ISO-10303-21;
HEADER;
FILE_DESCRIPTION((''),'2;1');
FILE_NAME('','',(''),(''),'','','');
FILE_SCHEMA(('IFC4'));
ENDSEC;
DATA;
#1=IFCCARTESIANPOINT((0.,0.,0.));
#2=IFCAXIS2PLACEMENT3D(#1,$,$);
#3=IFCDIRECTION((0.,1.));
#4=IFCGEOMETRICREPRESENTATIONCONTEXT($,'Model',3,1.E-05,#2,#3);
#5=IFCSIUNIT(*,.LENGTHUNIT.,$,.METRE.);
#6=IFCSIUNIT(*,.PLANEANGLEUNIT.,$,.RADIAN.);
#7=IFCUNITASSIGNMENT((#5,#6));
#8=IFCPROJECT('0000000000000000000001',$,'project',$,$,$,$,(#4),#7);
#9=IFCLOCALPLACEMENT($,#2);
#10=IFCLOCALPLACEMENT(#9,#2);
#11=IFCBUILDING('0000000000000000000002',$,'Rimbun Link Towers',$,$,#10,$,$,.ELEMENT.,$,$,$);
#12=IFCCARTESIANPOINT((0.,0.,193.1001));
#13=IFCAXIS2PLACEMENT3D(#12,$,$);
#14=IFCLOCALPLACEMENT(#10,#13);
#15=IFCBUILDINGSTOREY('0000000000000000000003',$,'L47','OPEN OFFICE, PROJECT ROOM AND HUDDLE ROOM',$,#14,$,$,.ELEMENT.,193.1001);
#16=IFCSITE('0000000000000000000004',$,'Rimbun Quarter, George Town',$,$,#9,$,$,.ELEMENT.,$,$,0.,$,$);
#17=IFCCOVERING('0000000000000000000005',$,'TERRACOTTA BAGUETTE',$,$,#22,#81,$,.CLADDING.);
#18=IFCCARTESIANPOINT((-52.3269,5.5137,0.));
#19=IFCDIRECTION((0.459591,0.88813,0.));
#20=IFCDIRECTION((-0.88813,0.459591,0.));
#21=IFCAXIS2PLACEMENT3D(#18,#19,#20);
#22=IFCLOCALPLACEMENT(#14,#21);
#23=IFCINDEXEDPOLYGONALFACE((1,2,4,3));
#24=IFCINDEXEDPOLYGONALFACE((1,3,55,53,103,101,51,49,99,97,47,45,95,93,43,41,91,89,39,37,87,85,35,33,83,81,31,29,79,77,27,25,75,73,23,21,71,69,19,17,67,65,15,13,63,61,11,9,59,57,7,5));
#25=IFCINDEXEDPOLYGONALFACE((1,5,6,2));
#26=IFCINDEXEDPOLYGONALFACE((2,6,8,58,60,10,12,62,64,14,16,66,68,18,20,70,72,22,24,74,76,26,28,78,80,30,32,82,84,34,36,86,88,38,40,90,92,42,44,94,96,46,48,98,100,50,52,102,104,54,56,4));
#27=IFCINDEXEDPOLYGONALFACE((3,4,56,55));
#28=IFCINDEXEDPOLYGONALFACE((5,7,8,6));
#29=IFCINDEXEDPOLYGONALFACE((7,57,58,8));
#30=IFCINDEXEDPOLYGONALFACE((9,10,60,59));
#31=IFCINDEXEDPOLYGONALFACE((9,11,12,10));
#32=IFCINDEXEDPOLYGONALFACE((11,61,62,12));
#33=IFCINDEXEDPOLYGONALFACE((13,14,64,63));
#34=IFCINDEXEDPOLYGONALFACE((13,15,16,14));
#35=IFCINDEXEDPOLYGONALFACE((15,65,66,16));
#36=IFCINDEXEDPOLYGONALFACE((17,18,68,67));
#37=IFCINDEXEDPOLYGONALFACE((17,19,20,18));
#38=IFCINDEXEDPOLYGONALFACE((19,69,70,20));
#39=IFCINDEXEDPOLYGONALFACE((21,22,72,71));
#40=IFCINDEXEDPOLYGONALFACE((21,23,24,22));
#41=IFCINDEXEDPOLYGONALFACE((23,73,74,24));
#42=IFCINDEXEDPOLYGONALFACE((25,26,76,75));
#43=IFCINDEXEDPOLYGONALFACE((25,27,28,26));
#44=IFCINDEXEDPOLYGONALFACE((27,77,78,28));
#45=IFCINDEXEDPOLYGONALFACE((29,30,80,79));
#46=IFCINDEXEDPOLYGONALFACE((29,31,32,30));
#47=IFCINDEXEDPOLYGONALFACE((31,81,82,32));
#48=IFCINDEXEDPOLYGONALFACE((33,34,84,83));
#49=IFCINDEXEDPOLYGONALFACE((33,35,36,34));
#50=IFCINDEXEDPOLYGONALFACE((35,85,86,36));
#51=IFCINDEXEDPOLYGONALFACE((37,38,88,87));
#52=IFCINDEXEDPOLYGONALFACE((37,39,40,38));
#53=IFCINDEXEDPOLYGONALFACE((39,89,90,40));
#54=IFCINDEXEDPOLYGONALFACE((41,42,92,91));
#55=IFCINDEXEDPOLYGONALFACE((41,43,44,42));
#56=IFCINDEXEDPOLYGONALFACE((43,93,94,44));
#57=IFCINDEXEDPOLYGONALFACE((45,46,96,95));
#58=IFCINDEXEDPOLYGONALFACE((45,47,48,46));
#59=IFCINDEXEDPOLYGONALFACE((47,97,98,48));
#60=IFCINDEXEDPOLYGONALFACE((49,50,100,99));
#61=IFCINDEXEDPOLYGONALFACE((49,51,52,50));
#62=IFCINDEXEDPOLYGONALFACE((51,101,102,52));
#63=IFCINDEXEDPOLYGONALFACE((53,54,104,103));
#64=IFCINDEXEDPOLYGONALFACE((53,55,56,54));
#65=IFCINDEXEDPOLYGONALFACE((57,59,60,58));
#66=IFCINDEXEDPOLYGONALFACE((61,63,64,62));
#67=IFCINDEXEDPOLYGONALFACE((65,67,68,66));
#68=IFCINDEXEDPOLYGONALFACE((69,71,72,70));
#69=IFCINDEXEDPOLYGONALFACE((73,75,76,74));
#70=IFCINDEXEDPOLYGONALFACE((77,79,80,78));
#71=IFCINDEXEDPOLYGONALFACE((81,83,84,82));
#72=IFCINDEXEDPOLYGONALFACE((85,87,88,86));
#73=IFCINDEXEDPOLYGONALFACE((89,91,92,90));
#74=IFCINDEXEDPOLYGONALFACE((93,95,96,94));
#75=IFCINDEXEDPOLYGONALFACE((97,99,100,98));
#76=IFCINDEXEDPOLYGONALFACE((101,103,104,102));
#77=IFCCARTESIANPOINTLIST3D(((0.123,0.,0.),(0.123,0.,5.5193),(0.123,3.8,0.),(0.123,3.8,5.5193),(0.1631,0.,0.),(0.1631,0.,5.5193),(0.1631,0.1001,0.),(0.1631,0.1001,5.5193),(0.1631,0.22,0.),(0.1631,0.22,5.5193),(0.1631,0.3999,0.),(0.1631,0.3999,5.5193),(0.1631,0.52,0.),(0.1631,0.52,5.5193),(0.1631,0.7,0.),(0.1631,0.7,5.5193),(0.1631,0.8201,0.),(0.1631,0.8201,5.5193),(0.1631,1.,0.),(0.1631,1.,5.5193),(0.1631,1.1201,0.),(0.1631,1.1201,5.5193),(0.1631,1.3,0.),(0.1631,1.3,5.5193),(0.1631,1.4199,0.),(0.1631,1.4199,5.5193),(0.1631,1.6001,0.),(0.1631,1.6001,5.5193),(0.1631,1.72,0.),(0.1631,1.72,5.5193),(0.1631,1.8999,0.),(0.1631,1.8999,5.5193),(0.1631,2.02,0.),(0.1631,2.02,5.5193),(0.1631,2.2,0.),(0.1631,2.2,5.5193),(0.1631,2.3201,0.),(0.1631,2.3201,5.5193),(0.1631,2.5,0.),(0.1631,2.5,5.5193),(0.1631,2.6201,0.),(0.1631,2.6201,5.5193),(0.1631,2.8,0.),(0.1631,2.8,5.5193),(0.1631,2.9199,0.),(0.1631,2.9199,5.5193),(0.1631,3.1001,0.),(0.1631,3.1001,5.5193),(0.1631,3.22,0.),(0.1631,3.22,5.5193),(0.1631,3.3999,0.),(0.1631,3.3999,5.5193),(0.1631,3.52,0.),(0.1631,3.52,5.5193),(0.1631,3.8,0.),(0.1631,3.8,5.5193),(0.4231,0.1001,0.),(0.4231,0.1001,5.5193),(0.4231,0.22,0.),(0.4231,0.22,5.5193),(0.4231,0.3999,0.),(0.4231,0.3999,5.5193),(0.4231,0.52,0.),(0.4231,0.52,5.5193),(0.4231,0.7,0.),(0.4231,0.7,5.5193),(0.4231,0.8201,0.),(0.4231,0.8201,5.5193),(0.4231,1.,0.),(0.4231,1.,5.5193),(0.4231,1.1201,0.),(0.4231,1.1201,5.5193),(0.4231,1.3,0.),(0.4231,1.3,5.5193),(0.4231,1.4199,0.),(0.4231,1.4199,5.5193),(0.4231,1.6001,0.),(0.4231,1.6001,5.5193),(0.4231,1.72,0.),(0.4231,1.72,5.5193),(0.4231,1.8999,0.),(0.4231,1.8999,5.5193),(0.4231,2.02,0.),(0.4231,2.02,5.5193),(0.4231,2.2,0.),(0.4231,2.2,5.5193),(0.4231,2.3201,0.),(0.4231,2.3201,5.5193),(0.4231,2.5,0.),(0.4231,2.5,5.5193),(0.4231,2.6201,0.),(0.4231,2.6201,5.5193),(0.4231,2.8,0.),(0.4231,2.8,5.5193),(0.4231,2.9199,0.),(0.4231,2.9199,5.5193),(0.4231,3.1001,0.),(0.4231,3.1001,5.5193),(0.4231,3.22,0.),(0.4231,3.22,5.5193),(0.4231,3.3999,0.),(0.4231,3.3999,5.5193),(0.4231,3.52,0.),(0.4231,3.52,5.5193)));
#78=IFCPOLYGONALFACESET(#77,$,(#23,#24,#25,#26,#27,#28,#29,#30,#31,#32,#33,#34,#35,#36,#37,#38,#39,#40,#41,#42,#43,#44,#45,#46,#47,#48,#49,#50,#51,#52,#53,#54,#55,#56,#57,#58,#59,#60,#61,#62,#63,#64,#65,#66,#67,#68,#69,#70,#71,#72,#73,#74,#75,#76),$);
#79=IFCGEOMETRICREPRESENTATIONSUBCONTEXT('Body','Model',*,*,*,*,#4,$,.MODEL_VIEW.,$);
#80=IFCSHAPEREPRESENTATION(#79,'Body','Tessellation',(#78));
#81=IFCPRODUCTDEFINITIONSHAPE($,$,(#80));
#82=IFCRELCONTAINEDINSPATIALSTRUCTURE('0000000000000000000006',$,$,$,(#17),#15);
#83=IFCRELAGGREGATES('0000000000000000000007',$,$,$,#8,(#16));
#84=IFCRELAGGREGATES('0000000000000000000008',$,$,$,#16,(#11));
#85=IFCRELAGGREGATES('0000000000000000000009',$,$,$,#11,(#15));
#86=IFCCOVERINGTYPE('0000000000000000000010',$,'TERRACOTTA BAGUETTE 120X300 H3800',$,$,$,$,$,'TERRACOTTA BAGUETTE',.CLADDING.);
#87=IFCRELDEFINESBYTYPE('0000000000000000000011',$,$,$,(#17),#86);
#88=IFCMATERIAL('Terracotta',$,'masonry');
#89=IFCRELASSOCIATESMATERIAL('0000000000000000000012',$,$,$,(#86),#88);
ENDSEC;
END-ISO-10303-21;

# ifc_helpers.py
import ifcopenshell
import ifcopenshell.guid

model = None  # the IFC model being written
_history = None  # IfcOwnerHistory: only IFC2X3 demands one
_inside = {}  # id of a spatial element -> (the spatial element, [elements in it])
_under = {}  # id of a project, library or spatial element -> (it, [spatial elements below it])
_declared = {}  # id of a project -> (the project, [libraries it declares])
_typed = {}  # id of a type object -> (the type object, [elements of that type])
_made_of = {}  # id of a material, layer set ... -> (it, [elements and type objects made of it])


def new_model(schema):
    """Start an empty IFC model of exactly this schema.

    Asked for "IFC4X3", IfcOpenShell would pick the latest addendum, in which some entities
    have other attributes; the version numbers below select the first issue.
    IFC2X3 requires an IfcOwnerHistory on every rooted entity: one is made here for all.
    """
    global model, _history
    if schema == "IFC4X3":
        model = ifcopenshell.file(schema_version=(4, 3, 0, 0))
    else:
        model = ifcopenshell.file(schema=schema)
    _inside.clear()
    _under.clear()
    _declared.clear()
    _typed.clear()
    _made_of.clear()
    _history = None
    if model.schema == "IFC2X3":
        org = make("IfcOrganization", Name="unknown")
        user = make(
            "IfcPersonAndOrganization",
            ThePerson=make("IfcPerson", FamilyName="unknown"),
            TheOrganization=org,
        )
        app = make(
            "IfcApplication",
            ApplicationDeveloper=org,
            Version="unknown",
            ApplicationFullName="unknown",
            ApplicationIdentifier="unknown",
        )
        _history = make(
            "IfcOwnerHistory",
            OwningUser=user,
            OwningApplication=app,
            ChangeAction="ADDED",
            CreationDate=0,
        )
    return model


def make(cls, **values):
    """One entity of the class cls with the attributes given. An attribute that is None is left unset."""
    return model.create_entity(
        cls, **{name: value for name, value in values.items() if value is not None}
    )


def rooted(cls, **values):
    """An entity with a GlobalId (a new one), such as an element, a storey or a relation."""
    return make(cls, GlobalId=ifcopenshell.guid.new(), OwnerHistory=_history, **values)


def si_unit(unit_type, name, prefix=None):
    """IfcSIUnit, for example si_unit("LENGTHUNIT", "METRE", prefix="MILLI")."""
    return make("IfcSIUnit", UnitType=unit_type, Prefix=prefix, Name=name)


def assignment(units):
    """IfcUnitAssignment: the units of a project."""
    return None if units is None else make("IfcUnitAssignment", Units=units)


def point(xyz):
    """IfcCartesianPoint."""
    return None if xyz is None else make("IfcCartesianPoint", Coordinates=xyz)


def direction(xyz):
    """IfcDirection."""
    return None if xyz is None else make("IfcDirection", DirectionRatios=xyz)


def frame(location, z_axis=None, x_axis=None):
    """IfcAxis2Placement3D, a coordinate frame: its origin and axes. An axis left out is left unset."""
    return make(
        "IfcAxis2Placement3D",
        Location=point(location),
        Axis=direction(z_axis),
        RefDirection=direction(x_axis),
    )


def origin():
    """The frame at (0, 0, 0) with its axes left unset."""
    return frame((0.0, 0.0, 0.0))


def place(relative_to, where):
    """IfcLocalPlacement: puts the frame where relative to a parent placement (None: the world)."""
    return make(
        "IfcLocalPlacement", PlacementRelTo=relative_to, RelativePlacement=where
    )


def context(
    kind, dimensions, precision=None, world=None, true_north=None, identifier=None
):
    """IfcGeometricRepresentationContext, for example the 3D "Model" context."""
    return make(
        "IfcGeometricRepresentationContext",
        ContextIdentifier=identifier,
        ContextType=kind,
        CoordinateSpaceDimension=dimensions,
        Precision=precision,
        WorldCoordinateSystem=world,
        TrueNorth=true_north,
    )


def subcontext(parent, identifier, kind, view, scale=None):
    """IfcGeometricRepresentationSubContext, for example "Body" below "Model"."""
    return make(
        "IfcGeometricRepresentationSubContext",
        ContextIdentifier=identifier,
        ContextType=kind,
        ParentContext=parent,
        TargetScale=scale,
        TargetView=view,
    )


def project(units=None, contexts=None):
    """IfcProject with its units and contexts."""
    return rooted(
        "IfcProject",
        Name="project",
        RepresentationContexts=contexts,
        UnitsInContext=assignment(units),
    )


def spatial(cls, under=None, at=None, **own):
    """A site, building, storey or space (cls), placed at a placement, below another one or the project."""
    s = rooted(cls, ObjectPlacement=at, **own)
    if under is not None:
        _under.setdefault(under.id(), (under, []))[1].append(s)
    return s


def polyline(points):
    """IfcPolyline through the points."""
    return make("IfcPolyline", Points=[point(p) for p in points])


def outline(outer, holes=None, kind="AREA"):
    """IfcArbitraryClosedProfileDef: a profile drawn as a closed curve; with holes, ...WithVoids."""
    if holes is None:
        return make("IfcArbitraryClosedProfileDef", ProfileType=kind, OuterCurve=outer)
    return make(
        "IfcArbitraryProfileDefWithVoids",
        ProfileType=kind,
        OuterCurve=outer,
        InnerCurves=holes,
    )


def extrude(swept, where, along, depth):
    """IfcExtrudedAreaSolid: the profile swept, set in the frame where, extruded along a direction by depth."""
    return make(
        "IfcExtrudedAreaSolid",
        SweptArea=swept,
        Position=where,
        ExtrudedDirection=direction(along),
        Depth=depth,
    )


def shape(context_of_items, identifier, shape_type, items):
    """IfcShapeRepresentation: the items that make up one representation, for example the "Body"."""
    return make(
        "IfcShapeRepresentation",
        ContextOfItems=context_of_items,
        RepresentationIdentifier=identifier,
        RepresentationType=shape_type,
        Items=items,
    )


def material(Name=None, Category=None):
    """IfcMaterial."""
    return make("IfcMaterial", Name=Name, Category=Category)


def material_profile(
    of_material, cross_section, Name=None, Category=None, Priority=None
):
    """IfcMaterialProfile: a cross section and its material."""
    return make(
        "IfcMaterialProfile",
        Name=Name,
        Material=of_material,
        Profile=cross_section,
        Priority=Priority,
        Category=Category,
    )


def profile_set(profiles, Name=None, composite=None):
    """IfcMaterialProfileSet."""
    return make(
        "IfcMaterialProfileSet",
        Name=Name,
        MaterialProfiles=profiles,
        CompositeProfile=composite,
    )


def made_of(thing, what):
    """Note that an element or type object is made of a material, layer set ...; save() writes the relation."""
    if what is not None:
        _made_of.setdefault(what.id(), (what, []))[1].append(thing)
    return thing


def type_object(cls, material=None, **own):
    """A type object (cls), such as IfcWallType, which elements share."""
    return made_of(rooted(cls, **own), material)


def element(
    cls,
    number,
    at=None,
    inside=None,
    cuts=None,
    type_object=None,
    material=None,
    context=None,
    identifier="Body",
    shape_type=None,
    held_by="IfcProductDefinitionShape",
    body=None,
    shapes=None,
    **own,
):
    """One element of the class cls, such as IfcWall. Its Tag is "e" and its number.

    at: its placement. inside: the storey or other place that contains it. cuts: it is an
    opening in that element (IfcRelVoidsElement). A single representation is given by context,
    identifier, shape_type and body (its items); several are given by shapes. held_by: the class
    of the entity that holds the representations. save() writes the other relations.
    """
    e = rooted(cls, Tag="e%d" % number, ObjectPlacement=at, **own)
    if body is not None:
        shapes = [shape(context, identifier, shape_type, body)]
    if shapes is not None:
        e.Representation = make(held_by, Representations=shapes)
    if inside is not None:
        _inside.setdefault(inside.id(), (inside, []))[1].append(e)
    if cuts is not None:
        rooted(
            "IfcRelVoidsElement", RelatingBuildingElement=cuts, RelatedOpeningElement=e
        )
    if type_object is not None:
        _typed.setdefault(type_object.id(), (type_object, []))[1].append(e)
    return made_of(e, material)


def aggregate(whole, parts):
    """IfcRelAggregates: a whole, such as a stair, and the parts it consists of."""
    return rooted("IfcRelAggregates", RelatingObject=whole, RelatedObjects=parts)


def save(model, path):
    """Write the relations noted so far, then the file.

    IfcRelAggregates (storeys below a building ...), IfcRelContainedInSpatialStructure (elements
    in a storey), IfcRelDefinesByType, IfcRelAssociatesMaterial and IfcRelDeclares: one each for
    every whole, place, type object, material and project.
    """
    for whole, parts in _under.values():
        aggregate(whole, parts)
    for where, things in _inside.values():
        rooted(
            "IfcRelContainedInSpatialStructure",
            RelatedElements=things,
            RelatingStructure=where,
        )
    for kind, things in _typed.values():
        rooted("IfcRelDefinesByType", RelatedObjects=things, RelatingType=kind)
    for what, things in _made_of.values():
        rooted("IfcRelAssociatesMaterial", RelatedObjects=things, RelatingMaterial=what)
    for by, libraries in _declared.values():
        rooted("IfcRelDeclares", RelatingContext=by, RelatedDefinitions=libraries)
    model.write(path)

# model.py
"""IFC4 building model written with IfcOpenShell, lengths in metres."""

from ifc_helpers import new_model, si_unit, direction, frame, origin, place, context, subcontext, project, spatial, polyline, outline, extrude, material, material_profile, profile_set, type_object, element, save


model = new_model("IFC4")

# Units and contexts
model_context = context("Model", 3, precision=1e-05, world=origin(), true_north=direction((0.0, 1.0)))
body_context = subcontext(model_context, "Body", "Model", "MODEL_VIEW")
ifc_project = project(units=[si_unit("LENGTHUNIT", "METRE"), si_unit("PLANEANGLEUNIT", "RADIAN")], contexts=[model_context])

# Site, building, storey
site_placement = place(None, origin())
site = spatial("IfcSite", under=ifc_project, at=site_placement, Name="Rimbun Quarter, George Town", CompositionType="ELEMENT", RefElevation=0.0)
building_placement = place(site_placement, origin())
building = spatial("IfcBuilding", under=site, at=building_placement, Name="Rimbun Link Towers", CompositionType="ELEMENT")
storey_placement = place(building_placement, frame((0.0, 0.0, 193.1001)))
storey = spatial("IfcBuildingStorey", under=building, at=storey_placement, Name="L47", Description="OPEN OFFICE, PROJECT ROOM AND HUDDLE ROOM", CompositionType="ELEMENT", Elevation=193.1001)

# Covering
ifc_material_1 = material(Name="Terracotta", Category="masonry")
ifc_material_profile_1 = material_profile(ifc_material_1, outline(polyline([(0.123, 0.0), (0.1631, 0.0), (0.1631, 0.1001), (0.4231, 0.1001), (0.4231, 0.22), (0.1631, 0.22), (0.1631, 0.3999), (0.4231, 0.3999), (0.4231, 0.52), (0.1631, 0.52), (0.1631, 0.7), (0.4231, 0.7), (0.4231, 0.8201), (0.1631, 0.8201), (0.1631, 1.0), (0.4231, 1.0), (0.4231, 1.1201), (0.1631, 1.1201), (0.1631, 1.3), (0.4231, 1.3), (0.4231, 1.4199), (0.1631, 1.4199), (0.1631, 1.6001), (0.4231, 1.6001), (0.4231, 1.72), (0.1631, 1.72), (0.1631, 1.8999), (0.4231, 1.8999), (0.4231, 2.02), (0.1631, 2.02), (0.1631, 2.2), (0.4231, 2.2), (0.4231, 2.3201), (0.1631, 2.3201), (0.1631, 2.5), (0.4231, 2.5), (0.4231, 2.6201), (0.1631, 2.6201), (0.1631, 2.8), (0.4231, 2.8), (0.4231, 2.9199), (0.1631, 2.9199), (0.1631, 3.1001), (0.4231, 3.1001), (0.4231, 3.22), (0.1631, 3.22), (0.1631, 3.3999), (0.4231, 3.3999), (0.4231, 3.52), (0.1631, 3.52), (0.1631, 3.8), (0.123, 3.8), (0.123, 0.0)])), Name="BAGUETTE 120X300")
ifc_profile_set_1 = profile_set([ifc_material_profile_1], Name="Terracotta")
covering_type = type_object("IfcCoveringType", Name="TERRACOTTA BAGUETTE 120X300 H3800", ElementType="TERRACOTTA BAGUETTE", PredefinedType="CLADDING", material=ifc_profile_set_1)
covering_placement = place(storey_placement, frame((-52.3269, 5.5137, 0.0), z_axis=(0.459591, 0.88813, 0.0), x_axis=(-0.88813, 0.459591, 0.0)))
element("IfcCovering", 1, at=covering_placement, inside=storey, type_object=covering_type, Name="TERRACOTTA BAGUETTE", PredefinedType="CLADDING", context=body_context, shape_type="SweptSolid", body=[
    extrude(outline(polyline([(0.123, 0.0), (0.1631, 0.0), (0.1631, 0.1001), (0.4231, 0.1001), (0.4231, 0.22), (0.1631, 0.22), (0.1631, 0.3999), (0.4231, 0.3999), (0.4231, 0.52), (0.1631, 0.52), (0.1631, 0.7), (0.4231, 0.7), (0.4231, 0.8201), (0.1631, 0.8201), (0.1631, 1.0), (0.4231, 1.0), (0.4231, 1.1201), (0.1631, 1.1201), (0.1631, 1.3), (0.4231, 1.3), (0.4231, 1.4199), (0.1631, 1.4199), (0.1631, 1.6001), (0.4231, 1.6001), (0.4231, 1.72), (0.1631, 1.72), (0.1631, 1.8999), (0.4231, 1.8999), (0.4231, 2.02), (0.1631, 2.02), (0.1631, 2.2), (0.4231, 2.2), (0.4231, 2.3201), (0.1631, 2.3201), (0.1631, 2.5), (0.4231, 2.5), (0.4231, 2.6201), (0.1631, 2.6201), (0.1631, 2.8), (0.4231, 2.8), (0.4231, 2.9199), (0.1631, 2.9199), (0.1631, 3.1001), (0.4231, 3.1001), (0.4231, 3.22), (0.1631, 3.22), (0.1631, 3.3999), (0.4231, 3.3999), (0.4231, 3.52), (0.1631, 3.52), (0.1631, 3.8), (0.123, 3.8), (0.123, 0.0)])), origin(), (0.0, 0.0, 1.0), 5.5193),
])

save(model, "model.ifc")
